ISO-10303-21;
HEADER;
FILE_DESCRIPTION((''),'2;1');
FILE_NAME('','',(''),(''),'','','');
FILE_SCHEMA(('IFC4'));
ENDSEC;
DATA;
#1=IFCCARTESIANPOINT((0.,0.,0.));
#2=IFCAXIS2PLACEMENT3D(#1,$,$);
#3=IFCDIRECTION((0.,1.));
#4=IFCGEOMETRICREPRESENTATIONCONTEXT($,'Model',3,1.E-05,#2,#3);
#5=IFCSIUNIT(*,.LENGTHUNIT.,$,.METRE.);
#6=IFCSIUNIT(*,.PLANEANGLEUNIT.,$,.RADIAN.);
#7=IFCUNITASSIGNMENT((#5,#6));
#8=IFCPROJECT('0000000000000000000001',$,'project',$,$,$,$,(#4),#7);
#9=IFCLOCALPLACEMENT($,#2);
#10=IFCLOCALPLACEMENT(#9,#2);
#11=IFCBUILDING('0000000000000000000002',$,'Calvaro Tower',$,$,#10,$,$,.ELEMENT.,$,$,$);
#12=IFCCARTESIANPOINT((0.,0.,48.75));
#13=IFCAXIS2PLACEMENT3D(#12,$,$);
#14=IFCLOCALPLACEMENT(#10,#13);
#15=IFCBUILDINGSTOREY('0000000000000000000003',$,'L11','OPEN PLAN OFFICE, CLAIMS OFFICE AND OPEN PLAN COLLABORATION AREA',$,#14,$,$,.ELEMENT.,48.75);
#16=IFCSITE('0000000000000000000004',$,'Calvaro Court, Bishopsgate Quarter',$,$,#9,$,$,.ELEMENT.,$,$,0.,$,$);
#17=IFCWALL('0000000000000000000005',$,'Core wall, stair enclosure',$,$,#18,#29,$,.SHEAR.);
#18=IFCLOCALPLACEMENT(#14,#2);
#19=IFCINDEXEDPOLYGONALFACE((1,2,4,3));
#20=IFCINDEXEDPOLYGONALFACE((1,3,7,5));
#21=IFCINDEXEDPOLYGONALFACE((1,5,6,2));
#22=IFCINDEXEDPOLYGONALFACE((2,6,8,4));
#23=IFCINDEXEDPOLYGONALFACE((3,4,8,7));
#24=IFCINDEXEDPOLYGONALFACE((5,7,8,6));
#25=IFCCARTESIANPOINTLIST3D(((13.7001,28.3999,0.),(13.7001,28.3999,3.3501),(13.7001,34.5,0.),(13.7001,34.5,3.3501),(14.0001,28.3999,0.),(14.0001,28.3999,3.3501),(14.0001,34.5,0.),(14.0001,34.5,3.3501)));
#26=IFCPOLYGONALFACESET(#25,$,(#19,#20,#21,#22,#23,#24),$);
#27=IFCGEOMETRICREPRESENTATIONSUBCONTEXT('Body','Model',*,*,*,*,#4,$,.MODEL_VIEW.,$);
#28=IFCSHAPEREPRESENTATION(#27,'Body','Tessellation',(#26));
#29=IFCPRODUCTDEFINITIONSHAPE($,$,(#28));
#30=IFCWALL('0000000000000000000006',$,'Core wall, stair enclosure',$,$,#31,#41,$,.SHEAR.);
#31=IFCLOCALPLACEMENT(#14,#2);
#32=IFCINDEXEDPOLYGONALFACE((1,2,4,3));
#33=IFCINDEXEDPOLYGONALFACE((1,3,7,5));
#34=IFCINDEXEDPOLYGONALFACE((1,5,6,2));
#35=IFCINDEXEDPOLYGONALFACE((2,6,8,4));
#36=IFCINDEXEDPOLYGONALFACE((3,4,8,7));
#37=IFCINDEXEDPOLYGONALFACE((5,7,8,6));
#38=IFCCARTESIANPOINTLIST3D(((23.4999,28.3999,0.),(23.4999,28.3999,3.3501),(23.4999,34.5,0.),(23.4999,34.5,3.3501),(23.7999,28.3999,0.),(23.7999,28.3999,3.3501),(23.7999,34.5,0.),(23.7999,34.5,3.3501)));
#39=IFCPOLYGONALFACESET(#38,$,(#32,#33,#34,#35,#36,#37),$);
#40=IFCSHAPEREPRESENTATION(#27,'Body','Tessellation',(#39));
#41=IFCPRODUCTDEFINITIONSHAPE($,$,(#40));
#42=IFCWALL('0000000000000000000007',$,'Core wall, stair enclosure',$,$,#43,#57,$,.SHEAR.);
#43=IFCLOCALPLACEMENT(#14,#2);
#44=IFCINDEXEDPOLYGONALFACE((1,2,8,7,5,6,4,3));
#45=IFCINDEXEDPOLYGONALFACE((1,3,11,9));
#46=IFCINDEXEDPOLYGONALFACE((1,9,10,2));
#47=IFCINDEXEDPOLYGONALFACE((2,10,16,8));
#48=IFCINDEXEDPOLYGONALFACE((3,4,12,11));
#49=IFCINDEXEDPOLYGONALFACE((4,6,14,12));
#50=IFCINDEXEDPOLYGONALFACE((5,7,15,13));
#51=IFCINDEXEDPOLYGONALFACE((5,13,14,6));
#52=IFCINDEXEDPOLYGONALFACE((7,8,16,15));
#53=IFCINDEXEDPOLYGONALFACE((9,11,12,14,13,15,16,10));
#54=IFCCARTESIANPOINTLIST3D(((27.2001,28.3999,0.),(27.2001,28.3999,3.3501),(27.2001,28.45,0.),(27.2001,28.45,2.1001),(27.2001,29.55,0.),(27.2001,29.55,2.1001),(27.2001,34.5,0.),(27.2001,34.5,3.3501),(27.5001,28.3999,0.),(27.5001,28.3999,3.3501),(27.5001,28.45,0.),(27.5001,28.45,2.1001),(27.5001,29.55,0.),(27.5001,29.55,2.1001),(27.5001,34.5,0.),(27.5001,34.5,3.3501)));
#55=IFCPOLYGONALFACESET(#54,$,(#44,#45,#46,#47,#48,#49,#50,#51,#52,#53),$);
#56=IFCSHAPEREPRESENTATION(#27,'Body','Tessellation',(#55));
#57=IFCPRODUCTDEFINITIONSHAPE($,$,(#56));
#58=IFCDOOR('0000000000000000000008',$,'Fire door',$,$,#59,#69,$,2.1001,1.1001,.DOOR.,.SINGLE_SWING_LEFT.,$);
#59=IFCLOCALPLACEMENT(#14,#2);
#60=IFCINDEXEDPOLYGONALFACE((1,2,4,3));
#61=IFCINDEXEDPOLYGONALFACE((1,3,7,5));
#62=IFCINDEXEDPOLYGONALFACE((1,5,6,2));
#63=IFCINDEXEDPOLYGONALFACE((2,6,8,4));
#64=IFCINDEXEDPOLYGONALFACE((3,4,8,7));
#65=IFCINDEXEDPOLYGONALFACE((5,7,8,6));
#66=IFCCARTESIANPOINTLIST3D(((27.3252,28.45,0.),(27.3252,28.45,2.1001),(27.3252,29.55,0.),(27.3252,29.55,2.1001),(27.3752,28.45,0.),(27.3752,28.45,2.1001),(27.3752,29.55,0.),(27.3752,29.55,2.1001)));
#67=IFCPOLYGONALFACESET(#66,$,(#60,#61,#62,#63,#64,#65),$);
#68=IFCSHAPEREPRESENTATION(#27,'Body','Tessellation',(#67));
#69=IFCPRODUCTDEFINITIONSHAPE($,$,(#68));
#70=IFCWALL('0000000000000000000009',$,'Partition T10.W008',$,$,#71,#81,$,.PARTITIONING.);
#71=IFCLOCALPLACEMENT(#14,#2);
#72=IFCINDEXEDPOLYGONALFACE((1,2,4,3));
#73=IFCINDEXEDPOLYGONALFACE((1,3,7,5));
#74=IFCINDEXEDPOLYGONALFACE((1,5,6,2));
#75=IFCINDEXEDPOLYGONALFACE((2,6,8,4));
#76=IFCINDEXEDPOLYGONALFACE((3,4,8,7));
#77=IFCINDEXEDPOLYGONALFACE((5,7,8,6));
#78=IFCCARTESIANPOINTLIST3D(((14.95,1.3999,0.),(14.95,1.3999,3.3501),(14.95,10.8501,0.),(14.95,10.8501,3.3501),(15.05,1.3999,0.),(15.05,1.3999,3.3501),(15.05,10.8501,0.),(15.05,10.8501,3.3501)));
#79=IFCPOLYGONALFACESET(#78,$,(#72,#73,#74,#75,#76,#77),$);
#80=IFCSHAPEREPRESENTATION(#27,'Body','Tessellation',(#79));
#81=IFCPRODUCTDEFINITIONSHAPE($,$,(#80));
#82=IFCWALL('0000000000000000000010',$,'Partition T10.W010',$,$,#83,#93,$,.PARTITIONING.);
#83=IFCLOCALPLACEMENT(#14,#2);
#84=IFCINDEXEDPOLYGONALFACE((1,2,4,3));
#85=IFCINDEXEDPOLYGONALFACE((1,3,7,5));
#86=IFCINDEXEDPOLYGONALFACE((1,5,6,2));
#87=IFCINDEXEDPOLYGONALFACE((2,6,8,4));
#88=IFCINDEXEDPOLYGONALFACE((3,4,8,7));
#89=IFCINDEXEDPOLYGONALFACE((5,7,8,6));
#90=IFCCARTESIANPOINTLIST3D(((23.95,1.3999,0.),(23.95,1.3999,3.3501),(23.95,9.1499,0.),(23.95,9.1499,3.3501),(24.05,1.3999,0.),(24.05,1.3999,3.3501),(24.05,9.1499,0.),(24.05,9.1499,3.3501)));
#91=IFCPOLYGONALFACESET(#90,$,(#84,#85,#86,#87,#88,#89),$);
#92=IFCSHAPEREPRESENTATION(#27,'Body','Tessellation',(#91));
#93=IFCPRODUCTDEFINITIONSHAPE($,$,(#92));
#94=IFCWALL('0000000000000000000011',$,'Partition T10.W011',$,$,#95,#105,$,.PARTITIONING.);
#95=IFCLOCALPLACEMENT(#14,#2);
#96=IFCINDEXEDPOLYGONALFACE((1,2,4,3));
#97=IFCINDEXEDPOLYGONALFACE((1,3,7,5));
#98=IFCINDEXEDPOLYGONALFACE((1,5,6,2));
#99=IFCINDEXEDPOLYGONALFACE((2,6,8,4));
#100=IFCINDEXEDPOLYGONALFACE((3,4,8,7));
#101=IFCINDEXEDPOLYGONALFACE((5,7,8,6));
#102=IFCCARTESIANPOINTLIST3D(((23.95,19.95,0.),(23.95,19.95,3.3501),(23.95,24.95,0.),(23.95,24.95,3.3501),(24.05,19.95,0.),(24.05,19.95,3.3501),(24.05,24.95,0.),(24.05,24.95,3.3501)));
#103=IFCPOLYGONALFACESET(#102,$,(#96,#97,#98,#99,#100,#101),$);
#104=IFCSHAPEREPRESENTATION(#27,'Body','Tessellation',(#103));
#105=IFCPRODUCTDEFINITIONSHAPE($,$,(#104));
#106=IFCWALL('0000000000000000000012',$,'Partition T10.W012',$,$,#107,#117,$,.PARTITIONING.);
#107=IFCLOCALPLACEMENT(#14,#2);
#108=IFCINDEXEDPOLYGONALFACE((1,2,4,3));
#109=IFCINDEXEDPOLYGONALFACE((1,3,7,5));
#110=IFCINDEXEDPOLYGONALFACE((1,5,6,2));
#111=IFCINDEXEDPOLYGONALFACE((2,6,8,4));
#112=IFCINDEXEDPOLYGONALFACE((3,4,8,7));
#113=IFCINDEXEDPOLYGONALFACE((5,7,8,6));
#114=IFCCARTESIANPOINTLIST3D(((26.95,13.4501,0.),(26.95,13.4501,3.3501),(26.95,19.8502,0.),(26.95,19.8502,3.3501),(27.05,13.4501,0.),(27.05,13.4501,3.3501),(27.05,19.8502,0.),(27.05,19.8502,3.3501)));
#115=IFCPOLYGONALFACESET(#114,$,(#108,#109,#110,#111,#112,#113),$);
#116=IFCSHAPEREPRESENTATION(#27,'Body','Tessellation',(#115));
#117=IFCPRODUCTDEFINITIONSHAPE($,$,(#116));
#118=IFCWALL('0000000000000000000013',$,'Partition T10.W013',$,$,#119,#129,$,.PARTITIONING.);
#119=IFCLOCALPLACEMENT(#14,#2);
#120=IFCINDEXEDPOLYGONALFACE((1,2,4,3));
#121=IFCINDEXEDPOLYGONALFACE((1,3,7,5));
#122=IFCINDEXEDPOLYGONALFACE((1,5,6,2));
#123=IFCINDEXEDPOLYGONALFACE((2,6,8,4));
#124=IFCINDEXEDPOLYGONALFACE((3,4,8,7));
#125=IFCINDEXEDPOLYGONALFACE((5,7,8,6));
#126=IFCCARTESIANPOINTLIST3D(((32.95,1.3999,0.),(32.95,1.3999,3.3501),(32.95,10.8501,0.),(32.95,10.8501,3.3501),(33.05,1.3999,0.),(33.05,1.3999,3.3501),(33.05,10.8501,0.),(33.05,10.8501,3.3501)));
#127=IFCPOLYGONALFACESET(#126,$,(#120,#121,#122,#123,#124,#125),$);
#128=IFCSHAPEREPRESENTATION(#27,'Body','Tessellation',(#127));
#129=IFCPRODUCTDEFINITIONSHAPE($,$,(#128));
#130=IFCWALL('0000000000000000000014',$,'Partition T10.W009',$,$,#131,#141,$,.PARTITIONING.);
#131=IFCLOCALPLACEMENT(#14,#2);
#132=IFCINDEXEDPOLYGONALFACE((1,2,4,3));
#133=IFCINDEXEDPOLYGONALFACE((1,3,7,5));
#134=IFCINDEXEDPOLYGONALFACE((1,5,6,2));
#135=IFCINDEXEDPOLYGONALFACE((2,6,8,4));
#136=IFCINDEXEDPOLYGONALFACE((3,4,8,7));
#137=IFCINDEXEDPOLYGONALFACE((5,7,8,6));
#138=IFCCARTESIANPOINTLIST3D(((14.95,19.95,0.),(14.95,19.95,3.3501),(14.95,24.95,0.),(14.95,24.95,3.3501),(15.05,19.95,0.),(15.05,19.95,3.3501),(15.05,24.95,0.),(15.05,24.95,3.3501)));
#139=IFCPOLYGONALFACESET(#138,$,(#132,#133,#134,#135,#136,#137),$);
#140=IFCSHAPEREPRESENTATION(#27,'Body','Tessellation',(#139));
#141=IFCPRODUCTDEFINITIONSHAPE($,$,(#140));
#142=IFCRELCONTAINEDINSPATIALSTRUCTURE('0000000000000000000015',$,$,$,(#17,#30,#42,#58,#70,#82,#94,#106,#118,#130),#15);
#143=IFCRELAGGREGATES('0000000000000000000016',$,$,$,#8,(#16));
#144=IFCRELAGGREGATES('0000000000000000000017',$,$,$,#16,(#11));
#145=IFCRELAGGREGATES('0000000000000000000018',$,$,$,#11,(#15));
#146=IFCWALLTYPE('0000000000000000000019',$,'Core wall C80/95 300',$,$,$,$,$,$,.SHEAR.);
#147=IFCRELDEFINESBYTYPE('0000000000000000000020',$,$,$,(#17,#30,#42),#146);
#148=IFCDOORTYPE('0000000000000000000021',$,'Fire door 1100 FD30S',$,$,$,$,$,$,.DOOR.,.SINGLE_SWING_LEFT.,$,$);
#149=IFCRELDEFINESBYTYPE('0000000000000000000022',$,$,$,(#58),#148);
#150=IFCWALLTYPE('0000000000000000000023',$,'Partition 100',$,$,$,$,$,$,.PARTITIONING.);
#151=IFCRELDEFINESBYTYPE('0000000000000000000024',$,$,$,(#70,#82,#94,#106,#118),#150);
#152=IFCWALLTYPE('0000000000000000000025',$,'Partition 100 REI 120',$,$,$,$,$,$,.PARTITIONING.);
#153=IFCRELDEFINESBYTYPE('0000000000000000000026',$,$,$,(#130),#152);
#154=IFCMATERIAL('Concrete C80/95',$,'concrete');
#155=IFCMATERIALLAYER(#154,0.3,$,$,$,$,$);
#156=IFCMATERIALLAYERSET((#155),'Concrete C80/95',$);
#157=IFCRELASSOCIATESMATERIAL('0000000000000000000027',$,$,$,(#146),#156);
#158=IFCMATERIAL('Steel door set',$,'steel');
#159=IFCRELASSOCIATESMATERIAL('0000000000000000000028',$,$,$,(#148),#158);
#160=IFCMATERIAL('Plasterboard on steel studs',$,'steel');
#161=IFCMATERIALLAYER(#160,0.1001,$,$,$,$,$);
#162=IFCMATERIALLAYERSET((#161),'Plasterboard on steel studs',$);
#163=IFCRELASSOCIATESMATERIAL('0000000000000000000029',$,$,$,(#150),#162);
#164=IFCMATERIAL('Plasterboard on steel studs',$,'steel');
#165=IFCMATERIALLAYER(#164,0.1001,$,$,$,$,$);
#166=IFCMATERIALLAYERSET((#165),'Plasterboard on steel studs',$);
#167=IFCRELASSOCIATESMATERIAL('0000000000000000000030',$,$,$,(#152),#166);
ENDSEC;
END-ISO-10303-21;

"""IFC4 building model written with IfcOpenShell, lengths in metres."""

from ifc_helpers import new_model, si_unit, direction, frame, frame_2d, origin, place, context, subcontext, project, spatial, rectangle, extrude, material, layer, layer_set, type_object, element, fill, save


model = new_model("IFC4")

# Units and contexts
model_context = context("Model", 3, precision=1e-05, world=origin(), true_north=direction((0.0, 1.0)))
body_context = subcontext(model_context, "Body", "Model", "MODEL_VIEW")
ifc_project = project(units=[si_unit("LENGTHUNIT", "METRE"), si_unit("PLANEANGLEUNIT", "RADIAN")], contexts=[model_context])

# Site, building, storey
site_placement = place(None, origin())
site = spatial("IfcSite", under=ifc_project, at=site_placement, Name="Calvaro Court, Bishopsgate Quarter", CompositionType="ELEMENT", RefElevation=0.0)
building_placement = place(site_placement, origin())
building = spatial("IfcBuilding", under=site, at=building_placement, Name="Calvaro Tower", CompositionType="ELEMENT")
storey_placement = place(building_placement, frame((0.0, 0.0, 48.75)))
storey = spatial("IfcBuildingStorey", under=building, at=storey_placement, Name="L11", Description="OPEN PLAN OFFICE, CLAIMS OFFICE AND OPEN PLAN COLLABORATION AREA", CompositionType="ELEMENT", Elevation=48.75)

# Walls
ifc_material_1 = material(Name="Concrete C80/95", Category="concrete")
ifc_layer_1 = layer(ifc_material_1, 0.3)
ifc_layer_set_1 = layer_set([ifc_layer_1], Name="Concrete C80/95")
wall_type_1 = type_object("IfcWallType", Name="Core wall C80/95 300", PredefinedType="SHEAR", material=ifc_layer_set_1)
for number, where, z_axis, x_axis, name in (
    (1, (13.8501, 28.3999, 0.0), (0.0, 0.0, 1.0), (0.0, 1.0, 0.0), "Core wall, stair enclosure"),
    (2, (23.6499, 28.3999, 0.0), (0.0, 0.0, 1.0), (0.0, 1.0, 0.0), "Core wall, stair enclosure"),
):
    element("IfcWall", number, at=place(storey_placement, frame(where, z_axis=z_axis, x_axis=x_axis)), inside=storey, type_object=wall_type_1, Name=name, PredefinedType="SHEAR", context=body_context, shape_type="SweptSolid", body=[
        extrude(rectangle(XDim=6.1001, YDim=0.3, at=frame_2d((3.05, 0.0))), origin(), (0.0, 0.0, 1.0), 3.3501),
    ])

# Wall, opening, door
wall_1_placement = place(storey_placement, frame((27.3501, 28.3999, 0.0), z_axis=(0.0, 0.0, 1.0), x_axis=(0.0, 1.0, 0.0)))
wall_1 = element("IfcWall", 3, at=wall_1_placement, inside=storey, type_object=wall_type_1, Name="Core wall, stair enclosure", PredefinedType="SHEAR", context=body_context, shape_type="SweptSolid", body=[
    extrude(rectangle(XDim=6.1001, YDim=0.3, at=frame_2d((3.05, 0.0))), origin(), (0.0, 0.0, 1.0), 3.3501),
])
opening_1_placement = place(wall_1_placement, frame((0.05, 0.0, 0.0)))
opening_1 = element("IfcOpeningElement", 4, at=opening_1_placement, cuts=wall_1, PredefinedType="OPENING", context=body_context, shape_type="SweptSolid", body=[
    extrude(rectangle(XDim=1.1001, YDim=2.1001, at=frame_2d((0.55, 1.05))), frame((0.0, 0.1599, 0.0), z_axis=(0.0, -1.0, 0.0), x_axis=(1.0, 0.0, 0.0)), (0.0, 0.0, 1.0), 0.3201),
])
ifc_material_2 = material(Name="Steel door set", Category="steel")
door_type_1 = type_object("IfcDoorType", Name="Fire door 1100 FD30S", OperationType="SINGLE_SWING_LEFT", PredefinedType="DOOR", material=ifc_material_2)
door_1_placement = place(opening_1_placement, origin())
door_1 = element("IfcDoor", 5, at=door_1_placement, inside=storey, type_object=door_type_1, Name="Fire door", OperationType="SINGLE_SWING_LEFT", OverallHeight=2.1001, OverallWidth=1.1001, PredefinedType="DOOR", context=body_context, shape_type="SweptSolid", body=[
    extrude(rectangle(XDim=1.1001, YDim=2.1001, at=frame_2d((0.55, 1.05))), frame((0.0, 0.0249, 0.0), z_axis=(0.0, -1.0, 0.0), x_axis=(1.0, 0.0, 0.0)), (0.0, 0.0, 1.0), 0.05),
])
fill(opening_1, door_1)

# Walls
ifc_material_3 = material(Name="Plasterboard on steel studs", Category="steel")
ifc_layer_2 = layer(ifc_material_3, 0.1001)
ifc_layer_set_2 = layer_set([ifc_layer_2], Name="Plasterboard on steel studs")
wall_type_2 = type_object("IfcWallType", Name="Partition 100", PredefinedType="PARTITIONING", material=ifc_layer_set_2)
wall_2_placement = place(storey_placement, frame((15.0, 1.3999, 0.0), z_axis=(0.0, 0.0, 1.0), x_axis=(0.0, 1.0, 0.0)))
element("IfcWall", 6, at=wall_2_placement, inside=storey, type_object=wall_type_2, Name="Partition T10.W008", PredefinedType="PARTITIONING", context=body_context, shape_type="SweptSolid", body=[
    extrude(rectangle(XDim=9.4502, YDim=0.1001, at=frame_2d((4.7251, 0.0))), origin(), (0.0, 0.0, 1.0), 3.3501),
])
wall_3_placement = place(storey_placement, frame((24.0, 1.3999, 0.0), z_axis=(0.0, 0.0, 1.0), x_axis=(0.0, 1.0, 0.0)))
element("IfcWall", 7, at=wall_3_placement, inside=storey, type_object=wall_type_2, Name="Partition T10.W010", PredefinedType="PARTITIONING", context=body_context, shape_type="SweptSolid", body=[
    extrude(rectangle(XDim=7.75, YDim=0.1001, at=frame_2d((3.875, 0.0))), origin(), (0.0, 0.0, 1.0), 3.3501),
])
wall_4_placement = place(storey_placement, frame((24.0, 19.95, 0.0), z_axis=(0.0, 0.0, 1.0), x_axis=(0.0, 1.0, 0.0)))
element("IfcWall", 8, at=wall_4_placement, inside=storey, type_object=wall_type_2, Name="Partition T10.W011", PredefinedType="PARTITIONING", context=body_context, shape_type="SweptSolid", body=[
    extrude(rectangle(XDim=5.0, YDim=0.1001, at=frame_2d((2.5, 0.0))), origin(), (0.0, 0.0, 1.0), 3.3501),
])
wall_5_placement = place(storey_placement, frame((27.0, 13.45, 0.0), z_axis=(0.0, 0.0, 1.0), x_axis=(0.0, 1.0, 0.0)))
element("IfcWall", 9, at=wall_5_placement, inside=storey, type_object=wall_type_2, Name="Partition T10.W012", PredefinedType="PARTITIONING", context=body_context, shape_type="SweptSolid", body=[
    extrude(rectangle(XDim=6.4001, YDim=0.1001, at=frame_2d((3.2002, 0.0))), origin(), (0.0, 0.0, 1.0), 3.3501),
])
wall_6_placement = place(storey_placement, frame((33.0, 1.3999, 0.0), z_axis=(0.0, 0.0, 1.0), x_axis=(0.0, 1.0, 0.0)))
element("IfcWall", 10, at=wall_6_placement, inside=storey, type_object=wall_type_2, Name="Partition T10.W013", PredefinedType="PARTITIONING", context=body_context, shape_type="SweptSolid", body=[
    extrude(rectangle(XDim=9.4502, YDim=0.1001, at=frame_2d((4.7251, 0.0))), origin(), (0.0, 0.0, 1.0), 3.3501),
])
ifc_material_4 = material(Name="Plasterboard on steel studs", Category="steel")
ifc_layer_3 = layer(ifc_material_4, 0.1001)
ifc_layer_set_3 = layer_set([ifc_layer_3], Name="Plasterboard on steel studs")
wall_type_3 = type_object("IfcWallType", Name="Partition 100 REI 120", PredefinedType="PARTITIONING", material=ifc_layer_set_3)
wall_7_placement = place(storey_placement, frame((15.0, 19.95, 0.0), z_axis=(0.0, 0.0, 1.0), x_axis=(0.0, 1.0, 0.0)))
element("IfcWall", 11, at=wall_7_placement, inside=storey, type_object=wall_type_3, Name="Partition T10.W009", PredefinedType="PARTITIONING", context=body_context, shape_type="SweptSolid", body=[
    extrude(rectangle(XDim=5.0, YDim=0.1001, at=frame_2d((2.5, 0.0))), origin(), (0.0, 0.0, 1.0), 3.3501),
])

save(model, "model.ifc")
